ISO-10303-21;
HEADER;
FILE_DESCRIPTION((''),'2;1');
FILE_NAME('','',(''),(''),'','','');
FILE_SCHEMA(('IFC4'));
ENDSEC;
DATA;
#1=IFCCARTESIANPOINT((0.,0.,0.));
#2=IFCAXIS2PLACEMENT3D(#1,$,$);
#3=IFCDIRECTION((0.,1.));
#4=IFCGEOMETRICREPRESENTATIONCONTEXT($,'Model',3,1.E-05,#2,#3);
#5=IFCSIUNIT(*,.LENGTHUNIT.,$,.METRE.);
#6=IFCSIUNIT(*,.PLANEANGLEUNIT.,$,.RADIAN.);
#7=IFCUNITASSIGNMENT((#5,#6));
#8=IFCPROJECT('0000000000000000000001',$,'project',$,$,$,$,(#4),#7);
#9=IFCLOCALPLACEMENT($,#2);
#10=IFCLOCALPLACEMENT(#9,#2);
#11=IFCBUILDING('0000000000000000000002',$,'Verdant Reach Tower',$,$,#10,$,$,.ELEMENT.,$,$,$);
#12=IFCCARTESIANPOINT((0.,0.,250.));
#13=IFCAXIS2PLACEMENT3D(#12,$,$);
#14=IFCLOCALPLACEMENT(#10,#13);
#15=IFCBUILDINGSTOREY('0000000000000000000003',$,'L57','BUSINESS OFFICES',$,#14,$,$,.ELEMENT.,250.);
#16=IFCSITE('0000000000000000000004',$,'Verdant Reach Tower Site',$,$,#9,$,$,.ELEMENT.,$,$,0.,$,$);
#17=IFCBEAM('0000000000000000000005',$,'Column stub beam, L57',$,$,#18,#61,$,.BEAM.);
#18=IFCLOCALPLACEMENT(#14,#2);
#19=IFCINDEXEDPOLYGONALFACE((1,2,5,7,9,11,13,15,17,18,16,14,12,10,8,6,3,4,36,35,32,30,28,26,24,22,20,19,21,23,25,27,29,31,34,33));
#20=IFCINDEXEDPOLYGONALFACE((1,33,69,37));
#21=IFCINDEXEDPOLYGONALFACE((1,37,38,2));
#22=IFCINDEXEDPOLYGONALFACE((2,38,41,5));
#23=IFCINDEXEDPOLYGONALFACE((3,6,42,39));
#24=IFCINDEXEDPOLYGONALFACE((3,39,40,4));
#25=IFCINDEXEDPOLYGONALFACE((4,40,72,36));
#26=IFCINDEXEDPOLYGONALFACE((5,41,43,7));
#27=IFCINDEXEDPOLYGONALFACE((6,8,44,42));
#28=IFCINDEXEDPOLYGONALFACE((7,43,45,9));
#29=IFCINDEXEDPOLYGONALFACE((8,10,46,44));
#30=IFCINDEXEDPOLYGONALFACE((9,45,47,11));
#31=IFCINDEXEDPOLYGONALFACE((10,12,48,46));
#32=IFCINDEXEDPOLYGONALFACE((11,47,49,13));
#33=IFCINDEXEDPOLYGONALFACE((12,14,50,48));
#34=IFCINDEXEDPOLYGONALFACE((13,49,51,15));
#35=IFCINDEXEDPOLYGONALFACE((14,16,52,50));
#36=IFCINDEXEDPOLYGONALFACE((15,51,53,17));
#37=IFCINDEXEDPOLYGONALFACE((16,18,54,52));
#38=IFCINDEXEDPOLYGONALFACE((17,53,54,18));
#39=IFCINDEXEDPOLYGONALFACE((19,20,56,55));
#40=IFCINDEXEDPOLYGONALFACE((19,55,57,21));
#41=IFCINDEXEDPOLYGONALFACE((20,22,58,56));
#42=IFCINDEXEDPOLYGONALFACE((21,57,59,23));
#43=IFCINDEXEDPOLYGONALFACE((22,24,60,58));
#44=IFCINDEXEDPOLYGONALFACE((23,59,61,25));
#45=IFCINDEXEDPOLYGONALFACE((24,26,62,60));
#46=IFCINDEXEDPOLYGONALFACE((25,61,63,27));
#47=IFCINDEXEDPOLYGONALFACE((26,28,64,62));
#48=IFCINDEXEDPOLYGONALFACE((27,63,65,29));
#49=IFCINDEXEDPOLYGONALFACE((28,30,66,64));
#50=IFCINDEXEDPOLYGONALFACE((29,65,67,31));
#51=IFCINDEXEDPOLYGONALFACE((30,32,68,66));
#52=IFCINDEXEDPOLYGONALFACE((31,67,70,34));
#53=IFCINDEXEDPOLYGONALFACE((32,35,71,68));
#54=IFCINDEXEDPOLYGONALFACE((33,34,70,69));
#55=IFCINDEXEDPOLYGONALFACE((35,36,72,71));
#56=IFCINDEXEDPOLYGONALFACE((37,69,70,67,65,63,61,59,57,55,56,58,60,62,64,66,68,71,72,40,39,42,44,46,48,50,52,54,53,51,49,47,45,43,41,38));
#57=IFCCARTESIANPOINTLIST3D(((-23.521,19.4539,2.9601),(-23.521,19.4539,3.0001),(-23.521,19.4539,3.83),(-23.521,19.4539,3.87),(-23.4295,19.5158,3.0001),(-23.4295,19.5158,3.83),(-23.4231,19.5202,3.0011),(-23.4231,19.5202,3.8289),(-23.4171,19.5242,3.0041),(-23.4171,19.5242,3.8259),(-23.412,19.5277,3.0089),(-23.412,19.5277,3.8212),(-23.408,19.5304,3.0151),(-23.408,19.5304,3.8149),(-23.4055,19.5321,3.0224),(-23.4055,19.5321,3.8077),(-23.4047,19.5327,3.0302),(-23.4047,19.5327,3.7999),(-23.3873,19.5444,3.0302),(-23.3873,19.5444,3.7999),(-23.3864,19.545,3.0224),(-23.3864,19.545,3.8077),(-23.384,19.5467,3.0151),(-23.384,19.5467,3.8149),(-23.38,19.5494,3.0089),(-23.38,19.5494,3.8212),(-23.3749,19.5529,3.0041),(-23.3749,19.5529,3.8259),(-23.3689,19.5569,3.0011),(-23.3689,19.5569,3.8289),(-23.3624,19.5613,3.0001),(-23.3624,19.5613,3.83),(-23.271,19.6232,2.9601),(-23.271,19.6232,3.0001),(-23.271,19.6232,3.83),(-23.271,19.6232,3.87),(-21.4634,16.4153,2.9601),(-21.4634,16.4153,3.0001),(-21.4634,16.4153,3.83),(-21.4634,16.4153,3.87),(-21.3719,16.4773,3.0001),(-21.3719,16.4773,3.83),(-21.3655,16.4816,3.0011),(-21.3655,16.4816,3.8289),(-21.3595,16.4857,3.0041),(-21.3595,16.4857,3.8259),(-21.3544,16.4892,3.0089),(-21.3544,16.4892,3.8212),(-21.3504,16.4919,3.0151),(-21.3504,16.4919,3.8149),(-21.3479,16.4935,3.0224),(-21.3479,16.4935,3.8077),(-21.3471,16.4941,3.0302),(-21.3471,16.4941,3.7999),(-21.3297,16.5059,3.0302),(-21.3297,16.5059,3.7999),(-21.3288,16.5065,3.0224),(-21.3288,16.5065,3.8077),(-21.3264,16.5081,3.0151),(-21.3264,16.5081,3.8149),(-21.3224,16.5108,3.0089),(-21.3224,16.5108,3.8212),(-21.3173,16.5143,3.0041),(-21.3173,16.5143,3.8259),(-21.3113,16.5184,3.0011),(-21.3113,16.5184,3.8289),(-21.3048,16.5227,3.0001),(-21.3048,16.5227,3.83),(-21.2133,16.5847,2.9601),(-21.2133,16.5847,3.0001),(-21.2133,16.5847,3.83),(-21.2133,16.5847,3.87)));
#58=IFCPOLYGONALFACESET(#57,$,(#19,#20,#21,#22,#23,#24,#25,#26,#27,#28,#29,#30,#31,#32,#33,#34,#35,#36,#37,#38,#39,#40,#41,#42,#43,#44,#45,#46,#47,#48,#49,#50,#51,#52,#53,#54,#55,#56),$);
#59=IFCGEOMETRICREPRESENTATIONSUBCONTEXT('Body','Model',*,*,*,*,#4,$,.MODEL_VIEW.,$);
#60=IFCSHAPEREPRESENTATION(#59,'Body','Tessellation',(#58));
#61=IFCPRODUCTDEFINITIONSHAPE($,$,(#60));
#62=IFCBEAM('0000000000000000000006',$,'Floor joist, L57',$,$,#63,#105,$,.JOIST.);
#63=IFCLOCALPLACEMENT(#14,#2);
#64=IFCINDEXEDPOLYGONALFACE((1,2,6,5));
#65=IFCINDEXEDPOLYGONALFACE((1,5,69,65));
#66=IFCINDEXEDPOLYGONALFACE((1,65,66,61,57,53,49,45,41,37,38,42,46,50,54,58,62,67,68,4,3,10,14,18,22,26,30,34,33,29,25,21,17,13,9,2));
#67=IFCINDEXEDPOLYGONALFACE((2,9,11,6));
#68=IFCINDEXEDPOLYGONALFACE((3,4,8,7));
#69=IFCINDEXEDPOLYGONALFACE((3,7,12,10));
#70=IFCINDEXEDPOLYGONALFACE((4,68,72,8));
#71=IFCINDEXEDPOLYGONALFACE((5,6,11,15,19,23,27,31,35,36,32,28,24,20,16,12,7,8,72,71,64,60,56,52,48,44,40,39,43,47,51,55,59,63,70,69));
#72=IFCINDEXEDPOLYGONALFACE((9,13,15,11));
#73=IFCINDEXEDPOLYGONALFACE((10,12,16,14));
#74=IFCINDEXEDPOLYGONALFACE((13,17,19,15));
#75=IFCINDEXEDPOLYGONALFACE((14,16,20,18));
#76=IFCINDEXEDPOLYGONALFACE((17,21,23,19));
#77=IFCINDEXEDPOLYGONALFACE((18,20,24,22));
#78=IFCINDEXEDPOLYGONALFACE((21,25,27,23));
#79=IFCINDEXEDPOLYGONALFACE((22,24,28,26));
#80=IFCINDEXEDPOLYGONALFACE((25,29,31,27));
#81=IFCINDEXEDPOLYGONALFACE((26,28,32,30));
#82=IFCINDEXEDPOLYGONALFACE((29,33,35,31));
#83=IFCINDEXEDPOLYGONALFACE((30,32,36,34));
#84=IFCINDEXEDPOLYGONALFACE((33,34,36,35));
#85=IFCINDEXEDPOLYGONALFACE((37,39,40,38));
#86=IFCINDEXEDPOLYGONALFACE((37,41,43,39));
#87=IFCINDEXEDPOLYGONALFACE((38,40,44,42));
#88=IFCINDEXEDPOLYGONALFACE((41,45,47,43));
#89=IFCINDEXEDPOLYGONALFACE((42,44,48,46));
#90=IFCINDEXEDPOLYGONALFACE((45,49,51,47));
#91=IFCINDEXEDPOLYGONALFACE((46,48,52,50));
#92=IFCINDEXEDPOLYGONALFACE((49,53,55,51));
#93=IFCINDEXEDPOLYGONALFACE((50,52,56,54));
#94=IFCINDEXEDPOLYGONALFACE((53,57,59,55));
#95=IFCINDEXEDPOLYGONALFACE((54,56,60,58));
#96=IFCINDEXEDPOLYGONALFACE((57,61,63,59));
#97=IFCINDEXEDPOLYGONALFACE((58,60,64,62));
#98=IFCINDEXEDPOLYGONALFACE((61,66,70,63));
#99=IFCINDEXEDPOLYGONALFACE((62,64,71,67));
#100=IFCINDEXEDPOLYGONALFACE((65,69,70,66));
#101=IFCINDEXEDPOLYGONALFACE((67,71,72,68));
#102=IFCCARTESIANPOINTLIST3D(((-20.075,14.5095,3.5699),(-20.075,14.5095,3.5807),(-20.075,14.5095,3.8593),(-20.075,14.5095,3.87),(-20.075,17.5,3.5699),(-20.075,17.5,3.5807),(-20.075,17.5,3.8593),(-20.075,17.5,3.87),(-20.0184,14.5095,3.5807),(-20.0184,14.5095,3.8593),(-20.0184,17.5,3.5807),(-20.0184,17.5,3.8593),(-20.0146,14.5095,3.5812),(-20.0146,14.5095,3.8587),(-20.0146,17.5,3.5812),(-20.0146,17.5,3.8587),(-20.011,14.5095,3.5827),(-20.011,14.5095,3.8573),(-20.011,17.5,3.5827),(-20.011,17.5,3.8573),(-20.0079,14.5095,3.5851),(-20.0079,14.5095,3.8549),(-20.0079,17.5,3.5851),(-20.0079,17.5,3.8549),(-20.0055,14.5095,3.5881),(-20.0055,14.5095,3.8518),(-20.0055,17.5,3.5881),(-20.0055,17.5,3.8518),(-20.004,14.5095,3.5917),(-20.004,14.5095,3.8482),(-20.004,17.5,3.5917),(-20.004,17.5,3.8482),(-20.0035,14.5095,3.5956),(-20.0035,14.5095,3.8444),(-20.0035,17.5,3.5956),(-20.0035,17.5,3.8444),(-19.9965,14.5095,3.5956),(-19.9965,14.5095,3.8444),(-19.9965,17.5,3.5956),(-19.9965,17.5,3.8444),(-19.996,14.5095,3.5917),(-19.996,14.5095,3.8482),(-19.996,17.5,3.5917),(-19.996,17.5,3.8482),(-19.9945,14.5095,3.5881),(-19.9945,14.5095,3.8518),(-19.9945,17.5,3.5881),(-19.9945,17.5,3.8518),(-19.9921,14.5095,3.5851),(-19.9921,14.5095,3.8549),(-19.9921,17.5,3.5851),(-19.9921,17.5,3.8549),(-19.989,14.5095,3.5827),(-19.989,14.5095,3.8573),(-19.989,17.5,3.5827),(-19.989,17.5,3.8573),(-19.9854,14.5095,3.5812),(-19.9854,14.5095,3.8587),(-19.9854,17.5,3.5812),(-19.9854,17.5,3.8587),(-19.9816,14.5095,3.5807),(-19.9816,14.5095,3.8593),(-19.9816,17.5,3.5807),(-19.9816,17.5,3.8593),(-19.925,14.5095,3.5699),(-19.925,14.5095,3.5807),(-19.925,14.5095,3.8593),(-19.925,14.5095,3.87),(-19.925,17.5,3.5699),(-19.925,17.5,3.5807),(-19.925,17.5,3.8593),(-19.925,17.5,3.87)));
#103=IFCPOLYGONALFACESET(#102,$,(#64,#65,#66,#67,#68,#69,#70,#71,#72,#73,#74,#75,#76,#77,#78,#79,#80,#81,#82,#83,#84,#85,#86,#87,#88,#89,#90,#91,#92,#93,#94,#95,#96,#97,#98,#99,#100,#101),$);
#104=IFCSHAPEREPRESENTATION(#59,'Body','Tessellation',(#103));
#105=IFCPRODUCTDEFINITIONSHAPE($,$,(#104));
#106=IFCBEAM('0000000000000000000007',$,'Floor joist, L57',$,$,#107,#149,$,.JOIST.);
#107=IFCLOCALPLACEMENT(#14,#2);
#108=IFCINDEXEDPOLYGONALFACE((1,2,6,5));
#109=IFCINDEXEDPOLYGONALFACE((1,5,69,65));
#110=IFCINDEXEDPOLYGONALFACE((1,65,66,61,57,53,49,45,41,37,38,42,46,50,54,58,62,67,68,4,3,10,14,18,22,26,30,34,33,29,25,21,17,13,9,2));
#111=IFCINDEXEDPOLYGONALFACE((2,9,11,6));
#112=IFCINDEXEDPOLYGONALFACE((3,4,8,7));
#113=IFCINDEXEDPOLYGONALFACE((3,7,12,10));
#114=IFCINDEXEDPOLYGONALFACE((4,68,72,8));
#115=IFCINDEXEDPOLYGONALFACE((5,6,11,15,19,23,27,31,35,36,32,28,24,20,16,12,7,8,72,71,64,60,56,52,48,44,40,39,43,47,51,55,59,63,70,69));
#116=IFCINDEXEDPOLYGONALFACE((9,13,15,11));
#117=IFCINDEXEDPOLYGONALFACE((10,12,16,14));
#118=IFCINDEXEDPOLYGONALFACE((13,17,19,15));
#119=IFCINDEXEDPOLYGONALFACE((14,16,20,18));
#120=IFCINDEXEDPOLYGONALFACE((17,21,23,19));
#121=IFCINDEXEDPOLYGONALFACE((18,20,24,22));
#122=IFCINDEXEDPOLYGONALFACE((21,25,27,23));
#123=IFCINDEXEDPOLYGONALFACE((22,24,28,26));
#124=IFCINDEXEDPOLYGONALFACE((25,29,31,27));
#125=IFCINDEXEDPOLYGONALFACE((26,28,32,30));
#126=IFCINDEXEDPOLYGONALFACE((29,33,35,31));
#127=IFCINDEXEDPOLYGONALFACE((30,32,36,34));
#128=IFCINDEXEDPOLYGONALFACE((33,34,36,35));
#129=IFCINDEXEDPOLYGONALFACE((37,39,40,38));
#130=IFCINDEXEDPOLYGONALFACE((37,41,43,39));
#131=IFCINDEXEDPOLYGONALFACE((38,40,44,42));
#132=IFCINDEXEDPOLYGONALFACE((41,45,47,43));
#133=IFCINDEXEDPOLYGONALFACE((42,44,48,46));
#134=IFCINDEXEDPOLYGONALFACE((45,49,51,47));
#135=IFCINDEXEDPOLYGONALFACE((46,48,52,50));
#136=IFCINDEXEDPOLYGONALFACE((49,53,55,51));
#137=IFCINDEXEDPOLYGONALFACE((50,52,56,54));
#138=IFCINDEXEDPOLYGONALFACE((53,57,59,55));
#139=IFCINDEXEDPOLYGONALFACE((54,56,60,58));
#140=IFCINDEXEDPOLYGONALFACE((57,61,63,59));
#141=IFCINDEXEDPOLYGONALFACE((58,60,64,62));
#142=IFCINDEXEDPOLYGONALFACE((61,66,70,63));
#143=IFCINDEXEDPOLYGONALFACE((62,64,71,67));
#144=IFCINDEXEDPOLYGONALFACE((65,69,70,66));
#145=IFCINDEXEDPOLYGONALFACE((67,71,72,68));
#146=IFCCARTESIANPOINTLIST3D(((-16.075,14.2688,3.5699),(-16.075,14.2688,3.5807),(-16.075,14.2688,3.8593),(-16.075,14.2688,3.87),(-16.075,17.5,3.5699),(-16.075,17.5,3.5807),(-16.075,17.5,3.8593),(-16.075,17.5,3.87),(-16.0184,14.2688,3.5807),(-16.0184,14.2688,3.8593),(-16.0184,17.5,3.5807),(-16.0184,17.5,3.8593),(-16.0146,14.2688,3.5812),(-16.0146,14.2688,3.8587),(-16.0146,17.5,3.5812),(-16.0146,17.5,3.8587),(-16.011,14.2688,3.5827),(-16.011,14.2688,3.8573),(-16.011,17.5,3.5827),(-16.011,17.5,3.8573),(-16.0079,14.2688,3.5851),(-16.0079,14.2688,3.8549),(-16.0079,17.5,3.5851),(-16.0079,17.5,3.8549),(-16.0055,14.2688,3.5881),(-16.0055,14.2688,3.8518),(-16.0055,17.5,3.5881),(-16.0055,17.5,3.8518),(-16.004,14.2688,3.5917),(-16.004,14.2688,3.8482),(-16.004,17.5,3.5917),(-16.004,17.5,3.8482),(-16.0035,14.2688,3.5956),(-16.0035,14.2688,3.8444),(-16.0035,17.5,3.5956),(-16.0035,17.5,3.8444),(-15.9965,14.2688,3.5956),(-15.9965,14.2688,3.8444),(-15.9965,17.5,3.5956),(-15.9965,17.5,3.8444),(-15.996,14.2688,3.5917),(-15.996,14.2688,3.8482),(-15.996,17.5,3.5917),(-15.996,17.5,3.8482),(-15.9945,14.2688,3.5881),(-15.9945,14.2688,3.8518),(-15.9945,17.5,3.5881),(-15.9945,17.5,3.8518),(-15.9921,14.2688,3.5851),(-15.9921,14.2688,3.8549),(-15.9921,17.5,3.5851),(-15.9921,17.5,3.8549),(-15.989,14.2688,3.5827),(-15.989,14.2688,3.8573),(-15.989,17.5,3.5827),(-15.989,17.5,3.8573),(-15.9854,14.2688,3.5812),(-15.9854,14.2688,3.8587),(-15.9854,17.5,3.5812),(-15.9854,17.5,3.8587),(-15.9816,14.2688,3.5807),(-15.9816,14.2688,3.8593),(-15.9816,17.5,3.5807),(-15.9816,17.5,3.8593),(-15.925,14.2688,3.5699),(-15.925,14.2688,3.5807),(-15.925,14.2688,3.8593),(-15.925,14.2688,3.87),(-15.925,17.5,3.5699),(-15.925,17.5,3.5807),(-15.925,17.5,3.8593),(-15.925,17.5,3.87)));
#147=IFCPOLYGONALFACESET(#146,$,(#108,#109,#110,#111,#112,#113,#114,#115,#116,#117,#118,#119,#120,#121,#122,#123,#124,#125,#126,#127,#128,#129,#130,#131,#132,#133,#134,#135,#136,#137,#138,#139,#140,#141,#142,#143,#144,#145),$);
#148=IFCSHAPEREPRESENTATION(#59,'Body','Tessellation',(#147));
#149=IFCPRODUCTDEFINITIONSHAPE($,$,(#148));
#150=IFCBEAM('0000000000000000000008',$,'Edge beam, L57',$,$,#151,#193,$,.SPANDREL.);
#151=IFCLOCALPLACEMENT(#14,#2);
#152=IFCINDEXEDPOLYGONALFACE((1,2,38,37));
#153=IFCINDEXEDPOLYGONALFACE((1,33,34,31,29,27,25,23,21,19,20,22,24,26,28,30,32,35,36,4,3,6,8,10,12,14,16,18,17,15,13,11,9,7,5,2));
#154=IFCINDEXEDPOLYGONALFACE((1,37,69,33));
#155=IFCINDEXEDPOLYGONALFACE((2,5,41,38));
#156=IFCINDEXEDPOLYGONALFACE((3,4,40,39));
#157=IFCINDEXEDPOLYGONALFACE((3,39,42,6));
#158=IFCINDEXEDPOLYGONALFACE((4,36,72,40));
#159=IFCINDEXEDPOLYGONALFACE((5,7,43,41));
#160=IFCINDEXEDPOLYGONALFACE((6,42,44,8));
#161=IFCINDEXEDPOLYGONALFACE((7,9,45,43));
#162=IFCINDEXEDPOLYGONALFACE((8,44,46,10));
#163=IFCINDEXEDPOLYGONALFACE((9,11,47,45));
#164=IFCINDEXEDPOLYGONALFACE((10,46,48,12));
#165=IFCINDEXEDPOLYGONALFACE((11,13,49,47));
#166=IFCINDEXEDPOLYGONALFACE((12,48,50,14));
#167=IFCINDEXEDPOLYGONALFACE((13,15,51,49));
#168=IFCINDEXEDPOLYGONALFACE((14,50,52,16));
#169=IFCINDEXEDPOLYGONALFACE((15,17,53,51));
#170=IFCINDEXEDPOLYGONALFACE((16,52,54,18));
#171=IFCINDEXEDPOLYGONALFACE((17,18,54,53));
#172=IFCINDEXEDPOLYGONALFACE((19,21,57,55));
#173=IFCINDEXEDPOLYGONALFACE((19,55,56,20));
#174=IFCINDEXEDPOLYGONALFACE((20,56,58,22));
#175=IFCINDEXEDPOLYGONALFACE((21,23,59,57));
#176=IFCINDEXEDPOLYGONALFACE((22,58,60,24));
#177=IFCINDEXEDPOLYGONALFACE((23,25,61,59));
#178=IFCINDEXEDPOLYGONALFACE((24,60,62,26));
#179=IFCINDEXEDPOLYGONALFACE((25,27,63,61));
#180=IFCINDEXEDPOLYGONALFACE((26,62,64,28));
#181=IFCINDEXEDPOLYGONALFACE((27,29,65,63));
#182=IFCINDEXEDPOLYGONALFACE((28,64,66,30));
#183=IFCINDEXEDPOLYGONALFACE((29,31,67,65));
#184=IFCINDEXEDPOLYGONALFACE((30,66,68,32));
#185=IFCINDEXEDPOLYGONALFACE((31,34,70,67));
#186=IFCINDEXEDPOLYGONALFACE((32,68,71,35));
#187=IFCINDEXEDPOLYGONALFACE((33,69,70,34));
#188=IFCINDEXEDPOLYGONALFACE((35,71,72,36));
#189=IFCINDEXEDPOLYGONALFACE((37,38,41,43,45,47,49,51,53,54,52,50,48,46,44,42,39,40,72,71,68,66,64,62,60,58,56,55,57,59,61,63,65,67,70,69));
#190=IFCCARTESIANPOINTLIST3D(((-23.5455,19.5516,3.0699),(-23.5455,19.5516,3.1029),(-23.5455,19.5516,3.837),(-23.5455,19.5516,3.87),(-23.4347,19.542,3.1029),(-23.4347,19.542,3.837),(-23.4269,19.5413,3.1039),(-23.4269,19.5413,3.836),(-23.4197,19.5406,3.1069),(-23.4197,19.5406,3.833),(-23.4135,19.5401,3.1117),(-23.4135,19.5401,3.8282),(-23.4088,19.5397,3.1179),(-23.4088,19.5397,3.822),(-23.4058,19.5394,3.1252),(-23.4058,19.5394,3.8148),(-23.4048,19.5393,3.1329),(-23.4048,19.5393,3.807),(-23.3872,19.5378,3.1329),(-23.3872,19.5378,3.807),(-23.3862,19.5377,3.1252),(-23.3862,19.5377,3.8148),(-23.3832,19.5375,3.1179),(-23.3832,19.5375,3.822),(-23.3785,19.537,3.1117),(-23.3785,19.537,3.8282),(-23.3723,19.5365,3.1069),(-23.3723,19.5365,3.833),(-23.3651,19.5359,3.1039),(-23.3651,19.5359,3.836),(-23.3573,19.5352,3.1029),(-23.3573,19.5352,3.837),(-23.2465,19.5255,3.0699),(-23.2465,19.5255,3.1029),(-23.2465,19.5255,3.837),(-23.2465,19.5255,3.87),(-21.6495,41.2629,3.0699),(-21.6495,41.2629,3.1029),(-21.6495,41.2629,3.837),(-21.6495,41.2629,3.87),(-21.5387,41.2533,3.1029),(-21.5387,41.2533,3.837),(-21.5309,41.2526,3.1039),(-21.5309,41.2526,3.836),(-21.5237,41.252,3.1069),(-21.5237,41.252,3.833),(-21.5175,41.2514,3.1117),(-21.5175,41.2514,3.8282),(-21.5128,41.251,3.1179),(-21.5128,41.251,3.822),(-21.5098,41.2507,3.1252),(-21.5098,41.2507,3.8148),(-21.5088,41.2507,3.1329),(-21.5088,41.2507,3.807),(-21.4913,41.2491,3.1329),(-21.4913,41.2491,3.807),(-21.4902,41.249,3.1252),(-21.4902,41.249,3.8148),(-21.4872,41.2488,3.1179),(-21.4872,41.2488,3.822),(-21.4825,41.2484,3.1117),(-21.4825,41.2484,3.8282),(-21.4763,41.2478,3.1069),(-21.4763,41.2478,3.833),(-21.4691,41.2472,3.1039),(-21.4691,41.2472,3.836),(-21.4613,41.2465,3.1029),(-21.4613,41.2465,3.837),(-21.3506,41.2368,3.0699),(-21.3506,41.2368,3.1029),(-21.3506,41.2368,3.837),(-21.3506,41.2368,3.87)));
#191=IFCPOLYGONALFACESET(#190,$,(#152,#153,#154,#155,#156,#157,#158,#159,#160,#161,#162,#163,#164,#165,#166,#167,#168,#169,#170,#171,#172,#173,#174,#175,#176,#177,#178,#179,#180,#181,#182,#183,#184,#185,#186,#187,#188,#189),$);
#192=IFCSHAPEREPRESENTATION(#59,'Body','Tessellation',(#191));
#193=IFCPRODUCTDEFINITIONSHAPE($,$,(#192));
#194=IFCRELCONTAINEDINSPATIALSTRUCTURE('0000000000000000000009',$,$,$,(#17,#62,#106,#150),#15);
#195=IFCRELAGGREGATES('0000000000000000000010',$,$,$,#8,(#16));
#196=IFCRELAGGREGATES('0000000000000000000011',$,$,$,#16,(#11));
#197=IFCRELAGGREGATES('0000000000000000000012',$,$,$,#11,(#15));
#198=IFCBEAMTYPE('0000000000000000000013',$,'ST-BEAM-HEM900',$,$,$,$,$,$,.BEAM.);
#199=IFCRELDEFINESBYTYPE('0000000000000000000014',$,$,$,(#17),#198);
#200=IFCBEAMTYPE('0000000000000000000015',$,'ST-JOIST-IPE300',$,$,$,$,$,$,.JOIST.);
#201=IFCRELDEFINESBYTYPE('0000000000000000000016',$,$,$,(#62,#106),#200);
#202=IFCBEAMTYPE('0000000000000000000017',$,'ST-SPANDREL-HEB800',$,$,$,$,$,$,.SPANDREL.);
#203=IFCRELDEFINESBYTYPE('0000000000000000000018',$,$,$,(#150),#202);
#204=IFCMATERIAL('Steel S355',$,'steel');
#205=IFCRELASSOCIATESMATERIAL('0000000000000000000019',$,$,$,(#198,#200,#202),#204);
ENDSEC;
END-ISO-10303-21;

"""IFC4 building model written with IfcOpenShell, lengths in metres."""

from ifc_helpers import new_model, si_unit, direction, frame, origin, origin_2d, place, context, subcontext, project, spatial, i_section, extrude, material, material_profile, profile_set, type_object, element, save


model = new_model("IFC4")

# Units and contexts
model_context = context("Model", 3, precision=1e-05, world=origin(), true_north=direction((0.0, 1.0)))
body_context = subcontext(model_context, "Body", "Model", "MODEL_VIEW")
ifc_project = project(units=[si_unit("LENGTHUNIT", "METRE"), si_unit("PLANEANGLEUNIT", "RADIAN")], contexts=[model_context])

# Site, building, storey
site_placement = place(None, origin())
site = spatial("IfcSite", under=ifc_project, at=site_placement, Name="Verdant Reach Tower Site", CompositionType="ELEMENT", RefElevation=0.0)
building_placement = place(site_placement, origin())
building = spatial("IfcBuilding", under=site, at=building_placement, Name="Verdant Reach Tower", CompositionType="ELEMENT")
storey_placement = place(building_placement, frame((0.0, 0.0, 250.0)))
storey = spatial("IfcBuildingStorey", under=building, at=storey_placement, Name="L57", Description="BUSINESS OFFICES", CompositionType="ELEMENT", Elevation=250.0)

# Beams
ifc_material_1 = material(Name="Steel S355", Category="steel")
ifc_material_profile_1 = material_profile(ifc_material_1, i_section(OverallWidth=0.302, OverallDepth=0.9099, WebThickness=0.021, FlangeThickness=0.04, FilletRadius=0.03, at=origin_2d()), Name="HEM 900")
ifc_profile_set_1 = profile_set([ifc_material_profile_1], Name="Steel S355")
beam_type_1 = type_object("IfcBeamType", Name="ST-BEAM-HEM900", PredefinedType="BEAM", material=ifc_profile_set_1)
beam_1_placement = place(storey_placement, frame((-21.3384, 16.5, 3.415), z_axis=(-0.560704, 0.828016, 0.0), x_axis=(-0.828016, -0.560704, 0.0)))
element("IfcBeam", 1, at=beam_1_placement, inside=storey, type_object=beam_type_1, Name="Column stub beam, L57", PredefinedType="BEAM", context=body_context, shape_type="SweptSolid", body=[
    extrude(i_section(OverallWidth=0.302, OverallDepth=0.9099, WebThickness=0.021, FlangeThickness=0.04, FilletRadius=0.03, at=origin_2d()), origin(), (0.0, 0.0, 1.0), 3.6697),
])
ifc_material_profile_2 = material_profile(ifc_material_1, i_section(OverallWidth=0.1499, OverallDepth=0.3, WebThickness=0.0071, FlangeThickness=0.0107, FilletRadius=0.0149, at=origin_2d()), Name="IPE 300")
ifc_profile_set_2 = profile_set([ifc_material_profile_2], Name="Steel S355")
beam_type_2 = type_object("IfcBeamType", Name="ST-JOIST-IPE300", PredefinedType="JOIST", material=ifc_profile_set_2)
beam_2_placement = place(storey_placement, frame((-20.0, 17.5, 3.72), z_axis=(0.0, -1.0, 0.0), x_axis=(1.0, 0.0, 0.0)))
element("IfcBeam", 2, at=beam_2_placement, inside=storey, type_object=beam_type_2, Name="Floor joist, L57", PredefinedType="JOIST", context=body_context, shape_type="SweptSolid", body=[
    extrude(i_section(OverallWidth=0.1499, OverallDepth=0.3, WebThickness=0.0071, FlangeThickness=0.0107, FilletRadius=0.0149, at=origin_2d()), origin(), (0.0, 0.0, 1.0), 2.9905),
])
beam_3_placement = place(storey_placement, frame((-16.0, 17.5, 3.72), z_axis=(0.0, -1.0, 0.0), x_axis=(1.0, 0.0, 0.0)))
element("IfcBeam", 3, at=beam_3_placement, inside=storey, type_object=beam_type_2, Name="Floor joist, L57", PredefinedType="JOIST", context=body_context, shape_type="SweptSolid", body=[
    extrude(i_section(OverallWidth=0.1499, OverallDepth=0.3, WebThickness=0.0071, FlangeThickness=0.0107, FilletRadius=0.0149, at=origin_2d()), origin(), (0.0, 0.0, 1.0), 3.2312),
])
ifc_material_profile_3 = material_profile(ifc_material_1, i_section(OverallWidth=0.3, OverallDepth=0.8, WebThickness=0.0176, FlangeThickness=0.033, FilletRadius=0.03, at=origin_2d()), Name="HEB 800")
ifc_profile_set_3 = profile_set([ifc_material_profile_3], Name="Steel S355")
beam_type_3 = type_object("IfcBeamType", Name="ST-SPANDREL-HEB800", PredefinedType="SPANDREL", material=ifc_profile_set_3)
beam_4_placement = place(storey_placement, frame((-23.396, 19.5386, 3.47), z_axis=(0.086996, 0.996209, 0.0), x_axis=(-0.996209, 0.086996, 0.0)))
element("IfcBeam", 4, at=beam_4_placement, inside=storey, type_object=beam_type_3, Name="Edge beam, L57", PredefinedType="SPANDREL", context=body_context, shape_type="SweptSolid", body=[
    extrude(i_section(OverallWidth=0.3, OverallDepth=0.8, WebThickness=0.0176, FlangeThickness=0.033, FilletRadius=0.03, at=origin_2d()), origin(), (0.0, 0.0, 1.0), 21.7939),
])

save(model, "model.ifc")
